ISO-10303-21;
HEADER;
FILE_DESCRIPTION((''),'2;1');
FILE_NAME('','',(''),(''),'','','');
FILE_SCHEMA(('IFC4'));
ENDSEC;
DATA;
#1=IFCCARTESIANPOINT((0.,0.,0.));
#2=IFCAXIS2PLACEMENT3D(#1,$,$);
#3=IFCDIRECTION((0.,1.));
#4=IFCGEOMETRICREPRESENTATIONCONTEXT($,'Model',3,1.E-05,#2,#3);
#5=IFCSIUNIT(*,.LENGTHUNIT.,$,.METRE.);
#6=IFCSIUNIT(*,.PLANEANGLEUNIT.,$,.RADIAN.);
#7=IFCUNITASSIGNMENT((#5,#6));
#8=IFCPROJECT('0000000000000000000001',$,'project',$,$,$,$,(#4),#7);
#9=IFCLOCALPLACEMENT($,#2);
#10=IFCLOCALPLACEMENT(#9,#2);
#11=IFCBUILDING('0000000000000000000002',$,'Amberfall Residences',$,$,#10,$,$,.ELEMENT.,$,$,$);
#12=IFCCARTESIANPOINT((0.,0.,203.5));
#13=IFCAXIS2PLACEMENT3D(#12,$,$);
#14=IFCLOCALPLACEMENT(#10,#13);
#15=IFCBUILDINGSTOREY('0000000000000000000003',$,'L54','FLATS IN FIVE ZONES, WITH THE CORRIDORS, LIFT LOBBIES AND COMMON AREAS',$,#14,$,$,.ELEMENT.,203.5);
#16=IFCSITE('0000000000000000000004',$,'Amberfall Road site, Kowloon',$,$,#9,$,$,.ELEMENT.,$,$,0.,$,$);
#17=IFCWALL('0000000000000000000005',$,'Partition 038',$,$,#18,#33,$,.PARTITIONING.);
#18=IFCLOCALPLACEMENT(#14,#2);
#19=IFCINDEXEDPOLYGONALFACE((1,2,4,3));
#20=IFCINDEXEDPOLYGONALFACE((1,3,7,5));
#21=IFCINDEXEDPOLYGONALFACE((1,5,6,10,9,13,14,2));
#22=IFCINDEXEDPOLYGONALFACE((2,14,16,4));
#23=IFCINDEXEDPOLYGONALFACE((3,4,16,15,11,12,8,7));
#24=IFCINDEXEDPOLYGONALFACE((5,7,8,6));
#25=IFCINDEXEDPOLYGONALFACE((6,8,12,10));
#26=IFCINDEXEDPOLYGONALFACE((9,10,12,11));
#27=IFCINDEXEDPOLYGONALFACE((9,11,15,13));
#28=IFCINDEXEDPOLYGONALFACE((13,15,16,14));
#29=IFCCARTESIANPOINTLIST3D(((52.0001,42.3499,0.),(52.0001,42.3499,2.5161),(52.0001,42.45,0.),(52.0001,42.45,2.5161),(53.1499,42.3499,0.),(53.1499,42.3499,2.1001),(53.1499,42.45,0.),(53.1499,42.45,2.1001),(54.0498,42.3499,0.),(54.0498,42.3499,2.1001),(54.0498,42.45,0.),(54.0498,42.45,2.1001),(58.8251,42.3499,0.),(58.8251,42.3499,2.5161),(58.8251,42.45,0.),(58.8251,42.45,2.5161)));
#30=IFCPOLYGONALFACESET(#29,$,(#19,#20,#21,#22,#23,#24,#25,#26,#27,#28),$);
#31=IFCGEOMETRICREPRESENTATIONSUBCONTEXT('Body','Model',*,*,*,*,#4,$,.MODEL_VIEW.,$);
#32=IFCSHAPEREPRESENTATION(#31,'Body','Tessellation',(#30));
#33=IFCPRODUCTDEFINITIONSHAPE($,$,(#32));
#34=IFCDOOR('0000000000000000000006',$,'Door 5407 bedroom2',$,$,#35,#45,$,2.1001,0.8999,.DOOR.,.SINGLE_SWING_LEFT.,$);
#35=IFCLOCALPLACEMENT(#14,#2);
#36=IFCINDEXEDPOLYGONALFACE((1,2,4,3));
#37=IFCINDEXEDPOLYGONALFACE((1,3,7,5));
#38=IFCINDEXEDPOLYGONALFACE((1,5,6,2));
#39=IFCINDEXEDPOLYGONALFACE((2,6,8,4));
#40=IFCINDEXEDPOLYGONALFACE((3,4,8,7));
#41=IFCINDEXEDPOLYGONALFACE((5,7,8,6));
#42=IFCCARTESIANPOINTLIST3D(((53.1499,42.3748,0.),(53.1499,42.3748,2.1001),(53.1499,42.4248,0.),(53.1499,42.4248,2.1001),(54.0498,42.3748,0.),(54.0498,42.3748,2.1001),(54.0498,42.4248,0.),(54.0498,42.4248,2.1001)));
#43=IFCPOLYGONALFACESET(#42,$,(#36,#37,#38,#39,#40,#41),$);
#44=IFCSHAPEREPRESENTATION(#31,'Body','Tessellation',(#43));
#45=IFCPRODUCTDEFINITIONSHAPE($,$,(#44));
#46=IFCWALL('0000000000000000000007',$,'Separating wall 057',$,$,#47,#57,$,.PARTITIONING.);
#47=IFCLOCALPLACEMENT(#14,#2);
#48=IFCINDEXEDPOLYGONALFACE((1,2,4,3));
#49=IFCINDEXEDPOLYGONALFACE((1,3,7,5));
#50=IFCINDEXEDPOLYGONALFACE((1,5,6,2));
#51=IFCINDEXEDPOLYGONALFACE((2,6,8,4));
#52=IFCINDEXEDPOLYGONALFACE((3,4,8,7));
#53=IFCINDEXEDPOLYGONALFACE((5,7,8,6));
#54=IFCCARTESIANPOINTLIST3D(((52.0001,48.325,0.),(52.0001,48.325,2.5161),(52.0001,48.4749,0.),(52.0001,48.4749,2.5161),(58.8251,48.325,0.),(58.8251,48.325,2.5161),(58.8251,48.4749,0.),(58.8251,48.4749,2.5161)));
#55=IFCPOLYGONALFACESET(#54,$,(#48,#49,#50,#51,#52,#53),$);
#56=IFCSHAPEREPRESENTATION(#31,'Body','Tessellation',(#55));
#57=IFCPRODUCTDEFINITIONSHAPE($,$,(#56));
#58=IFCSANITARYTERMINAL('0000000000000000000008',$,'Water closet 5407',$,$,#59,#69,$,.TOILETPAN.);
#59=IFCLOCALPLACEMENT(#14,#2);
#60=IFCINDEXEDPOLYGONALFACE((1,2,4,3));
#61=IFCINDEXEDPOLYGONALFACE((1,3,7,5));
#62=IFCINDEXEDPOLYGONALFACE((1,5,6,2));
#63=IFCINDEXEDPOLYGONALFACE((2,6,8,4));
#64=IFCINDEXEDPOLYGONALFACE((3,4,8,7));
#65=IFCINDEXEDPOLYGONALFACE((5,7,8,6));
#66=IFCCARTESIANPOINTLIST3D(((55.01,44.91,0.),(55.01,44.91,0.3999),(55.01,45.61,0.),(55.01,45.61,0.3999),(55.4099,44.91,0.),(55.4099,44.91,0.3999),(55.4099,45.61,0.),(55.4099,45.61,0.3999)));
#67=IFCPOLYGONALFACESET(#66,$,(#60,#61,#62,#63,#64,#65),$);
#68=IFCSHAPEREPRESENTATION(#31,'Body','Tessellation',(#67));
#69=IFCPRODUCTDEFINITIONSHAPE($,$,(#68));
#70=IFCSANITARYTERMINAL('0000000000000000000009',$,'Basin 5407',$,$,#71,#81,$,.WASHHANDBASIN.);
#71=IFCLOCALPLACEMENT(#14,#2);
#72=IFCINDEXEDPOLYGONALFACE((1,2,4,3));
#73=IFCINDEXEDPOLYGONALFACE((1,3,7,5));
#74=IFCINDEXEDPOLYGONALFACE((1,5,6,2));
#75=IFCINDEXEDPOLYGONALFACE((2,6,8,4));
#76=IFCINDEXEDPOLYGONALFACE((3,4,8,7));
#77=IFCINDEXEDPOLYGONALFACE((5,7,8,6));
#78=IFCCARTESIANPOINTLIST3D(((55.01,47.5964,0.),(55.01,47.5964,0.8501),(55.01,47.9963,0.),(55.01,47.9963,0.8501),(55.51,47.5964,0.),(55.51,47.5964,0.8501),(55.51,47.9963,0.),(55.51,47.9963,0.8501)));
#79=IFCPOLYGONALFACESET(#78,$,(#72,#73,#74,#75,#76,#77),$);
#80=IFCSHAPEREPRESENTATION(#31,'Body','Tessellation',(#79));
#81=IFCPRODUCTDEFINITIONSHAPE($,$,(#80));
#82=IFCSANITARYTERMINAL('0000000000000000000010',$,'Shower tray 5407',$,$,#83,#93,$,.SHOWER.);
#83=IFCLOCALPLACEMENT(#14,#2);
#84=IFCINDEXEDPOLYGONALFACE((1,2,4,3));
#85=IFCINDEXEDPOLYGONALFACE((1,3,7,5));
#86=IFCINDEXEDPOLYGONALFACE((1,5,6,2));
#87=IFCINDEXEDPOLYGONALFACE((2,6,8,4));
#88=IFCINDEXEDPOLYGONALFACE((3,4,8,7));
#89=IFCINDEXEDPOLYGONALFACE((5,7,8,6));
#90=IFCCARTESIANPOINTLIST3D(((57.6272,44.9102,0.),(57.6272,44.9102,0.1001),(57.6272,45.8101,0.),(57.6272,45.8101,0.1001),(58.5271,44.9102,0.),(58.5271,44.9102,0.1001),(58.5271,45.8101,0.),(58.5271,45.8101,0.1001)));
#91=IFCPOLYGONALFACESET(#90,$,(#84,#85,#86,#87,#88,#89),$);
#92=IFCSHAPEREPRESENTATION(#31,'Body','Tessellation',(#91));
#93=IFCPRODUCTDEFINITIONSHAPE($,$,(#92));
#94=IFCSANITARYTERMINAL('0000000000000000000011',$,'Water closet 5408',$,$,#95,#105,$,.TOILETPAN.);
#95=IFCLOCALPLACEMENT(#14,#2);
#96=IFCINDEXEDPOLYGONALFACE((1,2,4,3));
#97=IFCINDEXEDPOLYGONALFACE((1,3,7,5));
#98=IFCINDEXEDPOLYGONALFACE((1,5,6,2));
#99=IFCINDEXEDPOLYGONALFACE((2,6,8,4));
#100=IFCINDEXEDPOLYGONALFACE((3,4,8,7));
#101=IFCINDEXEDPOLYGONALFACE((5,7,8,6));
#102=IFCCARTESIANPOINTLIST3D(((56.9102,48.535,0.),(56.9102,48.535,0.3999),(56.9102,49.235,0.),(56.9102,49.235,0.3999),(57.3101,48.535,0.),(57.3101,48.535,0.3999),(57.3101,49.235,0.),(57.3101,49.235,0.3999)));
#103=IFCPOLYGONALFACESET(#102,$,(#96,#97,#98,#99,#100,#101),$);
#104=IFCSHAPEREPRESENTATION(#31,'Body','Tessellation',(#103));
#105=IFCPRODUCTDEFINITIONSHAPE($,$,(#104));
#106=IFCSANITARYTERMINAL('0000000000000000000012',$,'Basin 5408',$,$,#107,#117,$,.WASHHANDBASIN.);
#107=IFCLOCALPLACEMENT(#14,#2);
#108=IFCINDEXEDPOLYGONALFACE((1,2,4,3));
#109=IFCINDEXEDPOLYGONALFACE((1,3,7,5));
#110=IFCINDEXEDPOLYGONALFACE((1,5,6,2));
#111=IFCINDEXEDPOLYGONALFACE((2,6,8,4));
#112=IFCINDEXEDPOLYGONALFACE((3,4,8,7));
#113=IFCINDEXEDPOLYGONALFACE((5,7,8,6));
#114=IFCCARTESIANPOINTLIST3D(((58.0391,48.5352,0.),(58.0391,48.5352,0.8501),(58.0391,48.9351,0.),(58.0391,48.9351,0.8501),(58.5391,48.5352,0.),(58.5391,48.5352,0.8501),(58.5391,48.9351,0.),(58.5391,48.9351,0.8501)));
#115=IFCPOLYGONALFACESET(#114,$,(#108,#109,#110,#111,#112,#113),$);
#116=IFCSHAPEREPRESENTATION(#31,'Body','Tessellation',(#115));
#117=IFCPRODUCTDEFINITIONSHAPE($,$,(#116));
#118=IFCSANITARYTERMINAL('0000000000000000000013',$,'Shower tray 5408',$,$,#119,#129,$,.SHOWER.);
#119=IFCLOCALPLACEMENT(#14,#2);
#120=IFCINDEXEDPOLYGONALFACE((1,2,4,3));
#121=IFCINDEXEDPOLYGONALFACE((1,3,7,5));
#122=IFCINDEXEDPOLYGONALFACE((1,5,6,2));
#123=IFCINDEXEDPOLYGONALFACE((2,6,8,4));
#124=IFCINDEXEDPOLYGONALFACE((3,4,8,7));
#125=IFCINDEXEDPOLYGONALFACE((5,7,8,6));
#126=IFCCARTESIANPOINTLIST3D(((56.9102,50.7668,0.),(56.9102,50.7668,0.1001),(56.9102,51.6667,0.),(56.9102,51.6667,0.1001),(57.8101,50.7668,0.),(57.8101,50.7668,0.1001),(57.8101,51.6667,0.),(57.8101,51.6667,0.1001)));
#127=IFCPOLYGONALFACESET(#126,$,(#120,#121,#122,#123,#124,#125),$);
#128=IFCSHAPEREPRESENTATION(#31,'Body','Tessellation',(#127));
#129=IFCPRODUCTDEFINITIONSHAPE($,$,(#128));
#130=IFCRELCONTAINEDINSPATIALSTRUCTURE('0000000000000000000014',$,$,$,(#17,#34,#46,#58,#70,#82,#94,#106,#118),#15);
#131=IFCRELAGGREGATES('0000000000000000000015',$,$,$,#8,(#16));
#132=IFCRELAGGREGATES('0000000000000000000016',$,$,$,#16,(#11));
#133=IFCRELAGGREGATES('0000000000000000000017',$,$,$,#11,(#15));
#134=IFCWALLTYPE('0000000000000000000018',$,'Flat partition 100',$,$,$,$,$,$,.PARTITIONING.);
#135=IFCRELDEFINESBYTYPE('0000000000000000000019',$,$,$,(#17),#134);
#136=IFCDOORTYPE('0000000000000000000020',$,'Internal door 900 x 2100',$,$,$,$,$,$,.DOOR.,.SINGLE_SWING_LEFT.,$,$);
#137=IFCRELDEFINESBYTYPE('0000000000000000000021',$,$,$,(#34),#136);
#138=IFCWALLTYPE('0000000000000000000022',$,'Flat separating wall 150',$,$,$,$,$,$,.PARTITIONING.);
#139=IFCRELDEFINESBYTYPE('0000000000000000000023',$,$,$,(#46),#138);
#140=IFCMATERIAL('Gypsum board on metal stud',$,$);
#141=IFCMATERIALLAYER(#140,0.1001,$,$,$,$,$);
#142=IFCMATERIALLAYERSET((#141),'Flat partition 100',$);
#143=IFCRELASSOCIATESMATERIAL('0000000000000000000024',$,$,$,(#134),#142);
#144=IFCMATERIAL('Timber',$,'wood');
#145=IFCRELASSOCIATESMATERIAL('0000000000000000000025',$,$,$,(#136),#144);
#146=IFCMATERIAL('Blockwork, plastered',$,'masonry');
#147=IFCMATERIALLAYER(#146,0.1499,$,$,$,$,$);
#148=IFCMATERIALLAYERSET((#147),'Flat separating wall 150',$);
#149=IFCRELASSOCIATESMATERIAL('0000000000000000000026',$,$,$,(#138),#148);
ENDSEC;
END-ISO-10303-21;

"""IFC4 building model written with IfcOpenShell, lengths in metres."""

from ifc_helpers import new_model, si_unit, direction, frame, frame_2d, origin, origin_2d, place, context, subcontext, project, spatial, rectangle, extrude, material, layer, layer_set, type_object, element, fill, save


model = new_model("IFC4")

# Units and contexts
model_context = context("Model", 3, precision=1e-05, world=origin(), true_north=direction((0.0, 1.0)))
body_context = subcontext(model_context, "Body", "Model", "MODEL_VIEW")
ifc_project = project(units=[si_unit("LENGTHUNIT", "METRE"), si_unit("PLANEANGLEUNIT", "RADIAN")], contexts=[model_context])

# Site, building, storey
site_placement = place(None, origin())
site = spatial("IfcSite", under=ifc_project, at=site_placement, Name="Amberfall Road site, Kowloon", CompositionType="ELEMENT", RefElevation=0.0)
building_placement = place(site_placement, origin())
building = spatial("IfcBuilding", under=site, at=building_placement, Name="Amberfall Residences", CompositionType="ELEMENT")
storey_placement = place(building_placement, frame((0.0, 0.0, 203.5)))
storey = spatial("IfcBuildingStorey", under=building, at=storey_placement, Name="L54", Description="FLATS IN FIVE ZONES, WITH THE CORRIDORS, LIFT LOBBIES AND COMMON AREAS", CompositionType="ELEMENT", Elevation=203.5)

# Shared definitions
ifc_material_1 = material(Name="Gypsum board on metal stud")
ifc_layer_1 = layer(ifc_material_1, 0.1001)
ifc_layer_set_1 = layer_set([ifc_layer_1], Name="Flat partition 100")
wall_type_1 = type_object("IfcWallType", Name="Flat partition 100", PredefinedType="PARTITIONING", material=ifc_layer_set_1)

# Wall, opening, door
ifc_material_2 = material(Name="Timber", Category="wood")
wall_1_placement = place(storey_placement, frame((52.0, 42.3999, 0.0), z_axis=(0.0, 0.0, 1.0), x_axis=(1.0, 0.0, 0.0)))
wall_1 = element("IfcWall", 1, at=wall_1_placement, inside=storey, type_object=wall_type_1, Name="Partition 038", PredefinedType="PARTITIONING", context=body_context, shape_type="SweptSolid", body=[
    extrude(rectangle(XDim=6.825, YDim=0.1001, at=frame_2d((3.4126, 0.0))), origin(), (0.0, 0.0, 1.0), 2.5161),
])
opening_1_placement = place(wall_1_placement, frame((1.1499, 0.0, 0.0)))
opening_1 = element("IfcOpeningElement", 2, at=opening_1_placement, cuts=wall_1, PredefinedType="OPENING", context=body_context, shape_type="SweptSolid", body=[
    extrude(rectangle(XDim=0.8999, YDim=2.1001, at=frame_2d((0.45, 1.05))), frame((0.0, 0.0601, 0.0), z_axis=(0.0, -1.0, 0.0), x_axis=(1.0, 0.0, 0.0)), (0.0, 0.0, 1.0), 0.1201),
])
door_type_1 = type_object("IfcDoorType", Name="Internal door 900 x 2100", OperationType="SINGLE_SWING_LEFT", PredefinedType="DOOR", material=ifc_material_2)
door_1_placement = place(opening_1_placement, origin())
door_1 = element("IfcDoor", 3, at=door_1_placement, inside=storey, type_object=door_type_1, Name="Door 5407 bedroom2", OperationType="SINGLE_SWING_LEFT", OverallHeight=2.1001, OverallWidth=0.8999, PredefinedType="DOOR", context=body_context, shape_type="SweptSolid", body=[
    extrude(rectangle(XDim=0.8999, YDim=2.1001, at=frame_2d((0.45, 1.05))), frame((0.0, 0.0249, 0.0), z_axis=(0.0, -1.0, 0.0), x_axis=(1.0, 0.0, 0.0)), (0.0, 0.0, 1.0), 0.05),
])
fill(opening_1, door_1)

# Wall
ifc_material_3 = material(Name="Blockwork, plastered", Category="masonry")
ifc_layer_2 = layer(ifc_material_3, 0.1499)
ifc_layer_set_2 = layer_set([ifc_layer_2], Name="Flat separating wall 150")
wall_type_2 = type_object("IfcWallType", Name="Flat separating wall 150", PredefinedType="PARTITIONING", material=ifc_layer_set_2)
wall_2_placement = place(storey_placement, frame((52.0, 48.3999, 0.0), z_axis=(0.0, 0.0, 1.0), x_axis=(1.0, 0.0, 0.0)))
element("IfcWall", 4, at=wall_2_placement, inside=storey, type_object=wall_type_2, Name="Separating wall 057", PredefinedType="PARTITIONING", context=body_context, shape_type="SweptSolid", body=[
    extrude(rectangle(XDim=6.825, YDim=0.1499, at=frame_2d((3.4126, 0.0))), origin(), (0.0, 0.0, 1.0), 2.5161),
])

# Sanitary terminals
sanitary_terminal_1_placement = place(storey_placement, frame((55.21, 45.26, 0.0), z_axis=(0.0, 0.0, 1.0), x_axis=(1.0, 0.0, 0.0)))
element("IfcSanitaryTerminal", 5, at=sanitary_terminal_1_placement, inside=storey, Name="Water closet 5407", PredefinedType="TOILETPAN", context=body_context, shape_type="SweptSolid", body=[
    extrude(rectangle(XDim=0.3999, YDim=0.7, at=origin_2d()), origin(), (0.0, 0.0, 1.0), 0.3999),
])
sanitary_terminal_2_placement = place(storey_placement, frame((55.26, 47.7964, 0.0), z_axis=(0.0, 0.0, 1.0), x_axis=(1.0, 0.0, 0.0)))
element("IfcSanitaryTerminal", 6, at=sanitary_terminal_2_placement, inside=storey, Name="Basin 5407", PredefinedType="WASHHANDBASIN", context=body_context, shape_type="SweptSolid", body=[
    extrude(rectangle(XDim=0.5, YDim=0.3999, at=origin_2d()), origin(), (0.0, 0.0, 1.0), 0.8501),
])
sanitary_terminal_3_placement = place(storey_placement, frame((58.0771, 45.3601, 0.0), z_axis=(0.0, 0.0, 1.0), x_axis=(1.0, 0.0, 0.0)))
element("IfcSanitaryTerminal", 7, at=sanitary_terminal_3_placement, inside=storey, Name="Shower tray 5407", PredefinedType="SHOWER", context=body_context, shape_type="SweptSolid", body=[
    extrude(rectangle(XDim=0.8999, YDim=0.8999, at=origin_2d()), origin(), (0.0, 0.0, 1.0), 0.1001),
])
sanitary_terminal_4_placement = place(storey_placement, frame((57.1101, 48.885, 0.0), z_axis=(0.0, 0.0, 1.0), x_axis=(1.0, 0.0, 0.0)))
element("IfcSanitaryTerminal", 8, at=sanitary_terminal_4_placement, inside=storey, Name="Water closet 5408", PredefinedType="TOILETPAN", context=body_context, shape_type="SweptSolid", body=[
    extrude(rectangle(XDim=0.3999, YDim=0.7, at=origin_2d()), origin(), (0.0, 0.0, 1.0), 0.3999),
])
sanitary_terminal_5_placement = place(storey_placement, frame((58.2891, 48.7351, 0.0), z_axis=(0.0, 0.0, 1.0), x_axis=(1.0, 0.0, 0.0)))
element("IfcSanitaryTerminal", 9, at=sanitary_terminal_5_placement, inside=storey, Name="Basin 5408", PredefinedType="WASHHANDBASIN", context=body_context, shape_type="SweptSolid", body=[
    extrude(rectangle(XDim=0.5, YDim=0.3999, at=origin_2d()), origin(), (0.0, 0.0, 1.0), 0.8501),
])
sanitary_terminal_6_placement = place(storey_placement, frame((57.3601, 51.2168, 0.0), z_axis=(0.0, 0.0, 1.0), x_axis=(1.0, 0.0, 0.0)))
element("IfcSanitaryTerminal", 10, at=sanitary_terminal_6_placement, inside=storey, Name="Shower tray 5408", PredefinedType="SHOWER", context=body_context, shape_type="SweptSolid", body=[
    extrude(rectangle(XDim=0.8999, YDim=0.8999, at=origin_2d()), origin(), (0.0, 0.0, 1.0), 0.1001),
])

save(model, "model.ifc")
